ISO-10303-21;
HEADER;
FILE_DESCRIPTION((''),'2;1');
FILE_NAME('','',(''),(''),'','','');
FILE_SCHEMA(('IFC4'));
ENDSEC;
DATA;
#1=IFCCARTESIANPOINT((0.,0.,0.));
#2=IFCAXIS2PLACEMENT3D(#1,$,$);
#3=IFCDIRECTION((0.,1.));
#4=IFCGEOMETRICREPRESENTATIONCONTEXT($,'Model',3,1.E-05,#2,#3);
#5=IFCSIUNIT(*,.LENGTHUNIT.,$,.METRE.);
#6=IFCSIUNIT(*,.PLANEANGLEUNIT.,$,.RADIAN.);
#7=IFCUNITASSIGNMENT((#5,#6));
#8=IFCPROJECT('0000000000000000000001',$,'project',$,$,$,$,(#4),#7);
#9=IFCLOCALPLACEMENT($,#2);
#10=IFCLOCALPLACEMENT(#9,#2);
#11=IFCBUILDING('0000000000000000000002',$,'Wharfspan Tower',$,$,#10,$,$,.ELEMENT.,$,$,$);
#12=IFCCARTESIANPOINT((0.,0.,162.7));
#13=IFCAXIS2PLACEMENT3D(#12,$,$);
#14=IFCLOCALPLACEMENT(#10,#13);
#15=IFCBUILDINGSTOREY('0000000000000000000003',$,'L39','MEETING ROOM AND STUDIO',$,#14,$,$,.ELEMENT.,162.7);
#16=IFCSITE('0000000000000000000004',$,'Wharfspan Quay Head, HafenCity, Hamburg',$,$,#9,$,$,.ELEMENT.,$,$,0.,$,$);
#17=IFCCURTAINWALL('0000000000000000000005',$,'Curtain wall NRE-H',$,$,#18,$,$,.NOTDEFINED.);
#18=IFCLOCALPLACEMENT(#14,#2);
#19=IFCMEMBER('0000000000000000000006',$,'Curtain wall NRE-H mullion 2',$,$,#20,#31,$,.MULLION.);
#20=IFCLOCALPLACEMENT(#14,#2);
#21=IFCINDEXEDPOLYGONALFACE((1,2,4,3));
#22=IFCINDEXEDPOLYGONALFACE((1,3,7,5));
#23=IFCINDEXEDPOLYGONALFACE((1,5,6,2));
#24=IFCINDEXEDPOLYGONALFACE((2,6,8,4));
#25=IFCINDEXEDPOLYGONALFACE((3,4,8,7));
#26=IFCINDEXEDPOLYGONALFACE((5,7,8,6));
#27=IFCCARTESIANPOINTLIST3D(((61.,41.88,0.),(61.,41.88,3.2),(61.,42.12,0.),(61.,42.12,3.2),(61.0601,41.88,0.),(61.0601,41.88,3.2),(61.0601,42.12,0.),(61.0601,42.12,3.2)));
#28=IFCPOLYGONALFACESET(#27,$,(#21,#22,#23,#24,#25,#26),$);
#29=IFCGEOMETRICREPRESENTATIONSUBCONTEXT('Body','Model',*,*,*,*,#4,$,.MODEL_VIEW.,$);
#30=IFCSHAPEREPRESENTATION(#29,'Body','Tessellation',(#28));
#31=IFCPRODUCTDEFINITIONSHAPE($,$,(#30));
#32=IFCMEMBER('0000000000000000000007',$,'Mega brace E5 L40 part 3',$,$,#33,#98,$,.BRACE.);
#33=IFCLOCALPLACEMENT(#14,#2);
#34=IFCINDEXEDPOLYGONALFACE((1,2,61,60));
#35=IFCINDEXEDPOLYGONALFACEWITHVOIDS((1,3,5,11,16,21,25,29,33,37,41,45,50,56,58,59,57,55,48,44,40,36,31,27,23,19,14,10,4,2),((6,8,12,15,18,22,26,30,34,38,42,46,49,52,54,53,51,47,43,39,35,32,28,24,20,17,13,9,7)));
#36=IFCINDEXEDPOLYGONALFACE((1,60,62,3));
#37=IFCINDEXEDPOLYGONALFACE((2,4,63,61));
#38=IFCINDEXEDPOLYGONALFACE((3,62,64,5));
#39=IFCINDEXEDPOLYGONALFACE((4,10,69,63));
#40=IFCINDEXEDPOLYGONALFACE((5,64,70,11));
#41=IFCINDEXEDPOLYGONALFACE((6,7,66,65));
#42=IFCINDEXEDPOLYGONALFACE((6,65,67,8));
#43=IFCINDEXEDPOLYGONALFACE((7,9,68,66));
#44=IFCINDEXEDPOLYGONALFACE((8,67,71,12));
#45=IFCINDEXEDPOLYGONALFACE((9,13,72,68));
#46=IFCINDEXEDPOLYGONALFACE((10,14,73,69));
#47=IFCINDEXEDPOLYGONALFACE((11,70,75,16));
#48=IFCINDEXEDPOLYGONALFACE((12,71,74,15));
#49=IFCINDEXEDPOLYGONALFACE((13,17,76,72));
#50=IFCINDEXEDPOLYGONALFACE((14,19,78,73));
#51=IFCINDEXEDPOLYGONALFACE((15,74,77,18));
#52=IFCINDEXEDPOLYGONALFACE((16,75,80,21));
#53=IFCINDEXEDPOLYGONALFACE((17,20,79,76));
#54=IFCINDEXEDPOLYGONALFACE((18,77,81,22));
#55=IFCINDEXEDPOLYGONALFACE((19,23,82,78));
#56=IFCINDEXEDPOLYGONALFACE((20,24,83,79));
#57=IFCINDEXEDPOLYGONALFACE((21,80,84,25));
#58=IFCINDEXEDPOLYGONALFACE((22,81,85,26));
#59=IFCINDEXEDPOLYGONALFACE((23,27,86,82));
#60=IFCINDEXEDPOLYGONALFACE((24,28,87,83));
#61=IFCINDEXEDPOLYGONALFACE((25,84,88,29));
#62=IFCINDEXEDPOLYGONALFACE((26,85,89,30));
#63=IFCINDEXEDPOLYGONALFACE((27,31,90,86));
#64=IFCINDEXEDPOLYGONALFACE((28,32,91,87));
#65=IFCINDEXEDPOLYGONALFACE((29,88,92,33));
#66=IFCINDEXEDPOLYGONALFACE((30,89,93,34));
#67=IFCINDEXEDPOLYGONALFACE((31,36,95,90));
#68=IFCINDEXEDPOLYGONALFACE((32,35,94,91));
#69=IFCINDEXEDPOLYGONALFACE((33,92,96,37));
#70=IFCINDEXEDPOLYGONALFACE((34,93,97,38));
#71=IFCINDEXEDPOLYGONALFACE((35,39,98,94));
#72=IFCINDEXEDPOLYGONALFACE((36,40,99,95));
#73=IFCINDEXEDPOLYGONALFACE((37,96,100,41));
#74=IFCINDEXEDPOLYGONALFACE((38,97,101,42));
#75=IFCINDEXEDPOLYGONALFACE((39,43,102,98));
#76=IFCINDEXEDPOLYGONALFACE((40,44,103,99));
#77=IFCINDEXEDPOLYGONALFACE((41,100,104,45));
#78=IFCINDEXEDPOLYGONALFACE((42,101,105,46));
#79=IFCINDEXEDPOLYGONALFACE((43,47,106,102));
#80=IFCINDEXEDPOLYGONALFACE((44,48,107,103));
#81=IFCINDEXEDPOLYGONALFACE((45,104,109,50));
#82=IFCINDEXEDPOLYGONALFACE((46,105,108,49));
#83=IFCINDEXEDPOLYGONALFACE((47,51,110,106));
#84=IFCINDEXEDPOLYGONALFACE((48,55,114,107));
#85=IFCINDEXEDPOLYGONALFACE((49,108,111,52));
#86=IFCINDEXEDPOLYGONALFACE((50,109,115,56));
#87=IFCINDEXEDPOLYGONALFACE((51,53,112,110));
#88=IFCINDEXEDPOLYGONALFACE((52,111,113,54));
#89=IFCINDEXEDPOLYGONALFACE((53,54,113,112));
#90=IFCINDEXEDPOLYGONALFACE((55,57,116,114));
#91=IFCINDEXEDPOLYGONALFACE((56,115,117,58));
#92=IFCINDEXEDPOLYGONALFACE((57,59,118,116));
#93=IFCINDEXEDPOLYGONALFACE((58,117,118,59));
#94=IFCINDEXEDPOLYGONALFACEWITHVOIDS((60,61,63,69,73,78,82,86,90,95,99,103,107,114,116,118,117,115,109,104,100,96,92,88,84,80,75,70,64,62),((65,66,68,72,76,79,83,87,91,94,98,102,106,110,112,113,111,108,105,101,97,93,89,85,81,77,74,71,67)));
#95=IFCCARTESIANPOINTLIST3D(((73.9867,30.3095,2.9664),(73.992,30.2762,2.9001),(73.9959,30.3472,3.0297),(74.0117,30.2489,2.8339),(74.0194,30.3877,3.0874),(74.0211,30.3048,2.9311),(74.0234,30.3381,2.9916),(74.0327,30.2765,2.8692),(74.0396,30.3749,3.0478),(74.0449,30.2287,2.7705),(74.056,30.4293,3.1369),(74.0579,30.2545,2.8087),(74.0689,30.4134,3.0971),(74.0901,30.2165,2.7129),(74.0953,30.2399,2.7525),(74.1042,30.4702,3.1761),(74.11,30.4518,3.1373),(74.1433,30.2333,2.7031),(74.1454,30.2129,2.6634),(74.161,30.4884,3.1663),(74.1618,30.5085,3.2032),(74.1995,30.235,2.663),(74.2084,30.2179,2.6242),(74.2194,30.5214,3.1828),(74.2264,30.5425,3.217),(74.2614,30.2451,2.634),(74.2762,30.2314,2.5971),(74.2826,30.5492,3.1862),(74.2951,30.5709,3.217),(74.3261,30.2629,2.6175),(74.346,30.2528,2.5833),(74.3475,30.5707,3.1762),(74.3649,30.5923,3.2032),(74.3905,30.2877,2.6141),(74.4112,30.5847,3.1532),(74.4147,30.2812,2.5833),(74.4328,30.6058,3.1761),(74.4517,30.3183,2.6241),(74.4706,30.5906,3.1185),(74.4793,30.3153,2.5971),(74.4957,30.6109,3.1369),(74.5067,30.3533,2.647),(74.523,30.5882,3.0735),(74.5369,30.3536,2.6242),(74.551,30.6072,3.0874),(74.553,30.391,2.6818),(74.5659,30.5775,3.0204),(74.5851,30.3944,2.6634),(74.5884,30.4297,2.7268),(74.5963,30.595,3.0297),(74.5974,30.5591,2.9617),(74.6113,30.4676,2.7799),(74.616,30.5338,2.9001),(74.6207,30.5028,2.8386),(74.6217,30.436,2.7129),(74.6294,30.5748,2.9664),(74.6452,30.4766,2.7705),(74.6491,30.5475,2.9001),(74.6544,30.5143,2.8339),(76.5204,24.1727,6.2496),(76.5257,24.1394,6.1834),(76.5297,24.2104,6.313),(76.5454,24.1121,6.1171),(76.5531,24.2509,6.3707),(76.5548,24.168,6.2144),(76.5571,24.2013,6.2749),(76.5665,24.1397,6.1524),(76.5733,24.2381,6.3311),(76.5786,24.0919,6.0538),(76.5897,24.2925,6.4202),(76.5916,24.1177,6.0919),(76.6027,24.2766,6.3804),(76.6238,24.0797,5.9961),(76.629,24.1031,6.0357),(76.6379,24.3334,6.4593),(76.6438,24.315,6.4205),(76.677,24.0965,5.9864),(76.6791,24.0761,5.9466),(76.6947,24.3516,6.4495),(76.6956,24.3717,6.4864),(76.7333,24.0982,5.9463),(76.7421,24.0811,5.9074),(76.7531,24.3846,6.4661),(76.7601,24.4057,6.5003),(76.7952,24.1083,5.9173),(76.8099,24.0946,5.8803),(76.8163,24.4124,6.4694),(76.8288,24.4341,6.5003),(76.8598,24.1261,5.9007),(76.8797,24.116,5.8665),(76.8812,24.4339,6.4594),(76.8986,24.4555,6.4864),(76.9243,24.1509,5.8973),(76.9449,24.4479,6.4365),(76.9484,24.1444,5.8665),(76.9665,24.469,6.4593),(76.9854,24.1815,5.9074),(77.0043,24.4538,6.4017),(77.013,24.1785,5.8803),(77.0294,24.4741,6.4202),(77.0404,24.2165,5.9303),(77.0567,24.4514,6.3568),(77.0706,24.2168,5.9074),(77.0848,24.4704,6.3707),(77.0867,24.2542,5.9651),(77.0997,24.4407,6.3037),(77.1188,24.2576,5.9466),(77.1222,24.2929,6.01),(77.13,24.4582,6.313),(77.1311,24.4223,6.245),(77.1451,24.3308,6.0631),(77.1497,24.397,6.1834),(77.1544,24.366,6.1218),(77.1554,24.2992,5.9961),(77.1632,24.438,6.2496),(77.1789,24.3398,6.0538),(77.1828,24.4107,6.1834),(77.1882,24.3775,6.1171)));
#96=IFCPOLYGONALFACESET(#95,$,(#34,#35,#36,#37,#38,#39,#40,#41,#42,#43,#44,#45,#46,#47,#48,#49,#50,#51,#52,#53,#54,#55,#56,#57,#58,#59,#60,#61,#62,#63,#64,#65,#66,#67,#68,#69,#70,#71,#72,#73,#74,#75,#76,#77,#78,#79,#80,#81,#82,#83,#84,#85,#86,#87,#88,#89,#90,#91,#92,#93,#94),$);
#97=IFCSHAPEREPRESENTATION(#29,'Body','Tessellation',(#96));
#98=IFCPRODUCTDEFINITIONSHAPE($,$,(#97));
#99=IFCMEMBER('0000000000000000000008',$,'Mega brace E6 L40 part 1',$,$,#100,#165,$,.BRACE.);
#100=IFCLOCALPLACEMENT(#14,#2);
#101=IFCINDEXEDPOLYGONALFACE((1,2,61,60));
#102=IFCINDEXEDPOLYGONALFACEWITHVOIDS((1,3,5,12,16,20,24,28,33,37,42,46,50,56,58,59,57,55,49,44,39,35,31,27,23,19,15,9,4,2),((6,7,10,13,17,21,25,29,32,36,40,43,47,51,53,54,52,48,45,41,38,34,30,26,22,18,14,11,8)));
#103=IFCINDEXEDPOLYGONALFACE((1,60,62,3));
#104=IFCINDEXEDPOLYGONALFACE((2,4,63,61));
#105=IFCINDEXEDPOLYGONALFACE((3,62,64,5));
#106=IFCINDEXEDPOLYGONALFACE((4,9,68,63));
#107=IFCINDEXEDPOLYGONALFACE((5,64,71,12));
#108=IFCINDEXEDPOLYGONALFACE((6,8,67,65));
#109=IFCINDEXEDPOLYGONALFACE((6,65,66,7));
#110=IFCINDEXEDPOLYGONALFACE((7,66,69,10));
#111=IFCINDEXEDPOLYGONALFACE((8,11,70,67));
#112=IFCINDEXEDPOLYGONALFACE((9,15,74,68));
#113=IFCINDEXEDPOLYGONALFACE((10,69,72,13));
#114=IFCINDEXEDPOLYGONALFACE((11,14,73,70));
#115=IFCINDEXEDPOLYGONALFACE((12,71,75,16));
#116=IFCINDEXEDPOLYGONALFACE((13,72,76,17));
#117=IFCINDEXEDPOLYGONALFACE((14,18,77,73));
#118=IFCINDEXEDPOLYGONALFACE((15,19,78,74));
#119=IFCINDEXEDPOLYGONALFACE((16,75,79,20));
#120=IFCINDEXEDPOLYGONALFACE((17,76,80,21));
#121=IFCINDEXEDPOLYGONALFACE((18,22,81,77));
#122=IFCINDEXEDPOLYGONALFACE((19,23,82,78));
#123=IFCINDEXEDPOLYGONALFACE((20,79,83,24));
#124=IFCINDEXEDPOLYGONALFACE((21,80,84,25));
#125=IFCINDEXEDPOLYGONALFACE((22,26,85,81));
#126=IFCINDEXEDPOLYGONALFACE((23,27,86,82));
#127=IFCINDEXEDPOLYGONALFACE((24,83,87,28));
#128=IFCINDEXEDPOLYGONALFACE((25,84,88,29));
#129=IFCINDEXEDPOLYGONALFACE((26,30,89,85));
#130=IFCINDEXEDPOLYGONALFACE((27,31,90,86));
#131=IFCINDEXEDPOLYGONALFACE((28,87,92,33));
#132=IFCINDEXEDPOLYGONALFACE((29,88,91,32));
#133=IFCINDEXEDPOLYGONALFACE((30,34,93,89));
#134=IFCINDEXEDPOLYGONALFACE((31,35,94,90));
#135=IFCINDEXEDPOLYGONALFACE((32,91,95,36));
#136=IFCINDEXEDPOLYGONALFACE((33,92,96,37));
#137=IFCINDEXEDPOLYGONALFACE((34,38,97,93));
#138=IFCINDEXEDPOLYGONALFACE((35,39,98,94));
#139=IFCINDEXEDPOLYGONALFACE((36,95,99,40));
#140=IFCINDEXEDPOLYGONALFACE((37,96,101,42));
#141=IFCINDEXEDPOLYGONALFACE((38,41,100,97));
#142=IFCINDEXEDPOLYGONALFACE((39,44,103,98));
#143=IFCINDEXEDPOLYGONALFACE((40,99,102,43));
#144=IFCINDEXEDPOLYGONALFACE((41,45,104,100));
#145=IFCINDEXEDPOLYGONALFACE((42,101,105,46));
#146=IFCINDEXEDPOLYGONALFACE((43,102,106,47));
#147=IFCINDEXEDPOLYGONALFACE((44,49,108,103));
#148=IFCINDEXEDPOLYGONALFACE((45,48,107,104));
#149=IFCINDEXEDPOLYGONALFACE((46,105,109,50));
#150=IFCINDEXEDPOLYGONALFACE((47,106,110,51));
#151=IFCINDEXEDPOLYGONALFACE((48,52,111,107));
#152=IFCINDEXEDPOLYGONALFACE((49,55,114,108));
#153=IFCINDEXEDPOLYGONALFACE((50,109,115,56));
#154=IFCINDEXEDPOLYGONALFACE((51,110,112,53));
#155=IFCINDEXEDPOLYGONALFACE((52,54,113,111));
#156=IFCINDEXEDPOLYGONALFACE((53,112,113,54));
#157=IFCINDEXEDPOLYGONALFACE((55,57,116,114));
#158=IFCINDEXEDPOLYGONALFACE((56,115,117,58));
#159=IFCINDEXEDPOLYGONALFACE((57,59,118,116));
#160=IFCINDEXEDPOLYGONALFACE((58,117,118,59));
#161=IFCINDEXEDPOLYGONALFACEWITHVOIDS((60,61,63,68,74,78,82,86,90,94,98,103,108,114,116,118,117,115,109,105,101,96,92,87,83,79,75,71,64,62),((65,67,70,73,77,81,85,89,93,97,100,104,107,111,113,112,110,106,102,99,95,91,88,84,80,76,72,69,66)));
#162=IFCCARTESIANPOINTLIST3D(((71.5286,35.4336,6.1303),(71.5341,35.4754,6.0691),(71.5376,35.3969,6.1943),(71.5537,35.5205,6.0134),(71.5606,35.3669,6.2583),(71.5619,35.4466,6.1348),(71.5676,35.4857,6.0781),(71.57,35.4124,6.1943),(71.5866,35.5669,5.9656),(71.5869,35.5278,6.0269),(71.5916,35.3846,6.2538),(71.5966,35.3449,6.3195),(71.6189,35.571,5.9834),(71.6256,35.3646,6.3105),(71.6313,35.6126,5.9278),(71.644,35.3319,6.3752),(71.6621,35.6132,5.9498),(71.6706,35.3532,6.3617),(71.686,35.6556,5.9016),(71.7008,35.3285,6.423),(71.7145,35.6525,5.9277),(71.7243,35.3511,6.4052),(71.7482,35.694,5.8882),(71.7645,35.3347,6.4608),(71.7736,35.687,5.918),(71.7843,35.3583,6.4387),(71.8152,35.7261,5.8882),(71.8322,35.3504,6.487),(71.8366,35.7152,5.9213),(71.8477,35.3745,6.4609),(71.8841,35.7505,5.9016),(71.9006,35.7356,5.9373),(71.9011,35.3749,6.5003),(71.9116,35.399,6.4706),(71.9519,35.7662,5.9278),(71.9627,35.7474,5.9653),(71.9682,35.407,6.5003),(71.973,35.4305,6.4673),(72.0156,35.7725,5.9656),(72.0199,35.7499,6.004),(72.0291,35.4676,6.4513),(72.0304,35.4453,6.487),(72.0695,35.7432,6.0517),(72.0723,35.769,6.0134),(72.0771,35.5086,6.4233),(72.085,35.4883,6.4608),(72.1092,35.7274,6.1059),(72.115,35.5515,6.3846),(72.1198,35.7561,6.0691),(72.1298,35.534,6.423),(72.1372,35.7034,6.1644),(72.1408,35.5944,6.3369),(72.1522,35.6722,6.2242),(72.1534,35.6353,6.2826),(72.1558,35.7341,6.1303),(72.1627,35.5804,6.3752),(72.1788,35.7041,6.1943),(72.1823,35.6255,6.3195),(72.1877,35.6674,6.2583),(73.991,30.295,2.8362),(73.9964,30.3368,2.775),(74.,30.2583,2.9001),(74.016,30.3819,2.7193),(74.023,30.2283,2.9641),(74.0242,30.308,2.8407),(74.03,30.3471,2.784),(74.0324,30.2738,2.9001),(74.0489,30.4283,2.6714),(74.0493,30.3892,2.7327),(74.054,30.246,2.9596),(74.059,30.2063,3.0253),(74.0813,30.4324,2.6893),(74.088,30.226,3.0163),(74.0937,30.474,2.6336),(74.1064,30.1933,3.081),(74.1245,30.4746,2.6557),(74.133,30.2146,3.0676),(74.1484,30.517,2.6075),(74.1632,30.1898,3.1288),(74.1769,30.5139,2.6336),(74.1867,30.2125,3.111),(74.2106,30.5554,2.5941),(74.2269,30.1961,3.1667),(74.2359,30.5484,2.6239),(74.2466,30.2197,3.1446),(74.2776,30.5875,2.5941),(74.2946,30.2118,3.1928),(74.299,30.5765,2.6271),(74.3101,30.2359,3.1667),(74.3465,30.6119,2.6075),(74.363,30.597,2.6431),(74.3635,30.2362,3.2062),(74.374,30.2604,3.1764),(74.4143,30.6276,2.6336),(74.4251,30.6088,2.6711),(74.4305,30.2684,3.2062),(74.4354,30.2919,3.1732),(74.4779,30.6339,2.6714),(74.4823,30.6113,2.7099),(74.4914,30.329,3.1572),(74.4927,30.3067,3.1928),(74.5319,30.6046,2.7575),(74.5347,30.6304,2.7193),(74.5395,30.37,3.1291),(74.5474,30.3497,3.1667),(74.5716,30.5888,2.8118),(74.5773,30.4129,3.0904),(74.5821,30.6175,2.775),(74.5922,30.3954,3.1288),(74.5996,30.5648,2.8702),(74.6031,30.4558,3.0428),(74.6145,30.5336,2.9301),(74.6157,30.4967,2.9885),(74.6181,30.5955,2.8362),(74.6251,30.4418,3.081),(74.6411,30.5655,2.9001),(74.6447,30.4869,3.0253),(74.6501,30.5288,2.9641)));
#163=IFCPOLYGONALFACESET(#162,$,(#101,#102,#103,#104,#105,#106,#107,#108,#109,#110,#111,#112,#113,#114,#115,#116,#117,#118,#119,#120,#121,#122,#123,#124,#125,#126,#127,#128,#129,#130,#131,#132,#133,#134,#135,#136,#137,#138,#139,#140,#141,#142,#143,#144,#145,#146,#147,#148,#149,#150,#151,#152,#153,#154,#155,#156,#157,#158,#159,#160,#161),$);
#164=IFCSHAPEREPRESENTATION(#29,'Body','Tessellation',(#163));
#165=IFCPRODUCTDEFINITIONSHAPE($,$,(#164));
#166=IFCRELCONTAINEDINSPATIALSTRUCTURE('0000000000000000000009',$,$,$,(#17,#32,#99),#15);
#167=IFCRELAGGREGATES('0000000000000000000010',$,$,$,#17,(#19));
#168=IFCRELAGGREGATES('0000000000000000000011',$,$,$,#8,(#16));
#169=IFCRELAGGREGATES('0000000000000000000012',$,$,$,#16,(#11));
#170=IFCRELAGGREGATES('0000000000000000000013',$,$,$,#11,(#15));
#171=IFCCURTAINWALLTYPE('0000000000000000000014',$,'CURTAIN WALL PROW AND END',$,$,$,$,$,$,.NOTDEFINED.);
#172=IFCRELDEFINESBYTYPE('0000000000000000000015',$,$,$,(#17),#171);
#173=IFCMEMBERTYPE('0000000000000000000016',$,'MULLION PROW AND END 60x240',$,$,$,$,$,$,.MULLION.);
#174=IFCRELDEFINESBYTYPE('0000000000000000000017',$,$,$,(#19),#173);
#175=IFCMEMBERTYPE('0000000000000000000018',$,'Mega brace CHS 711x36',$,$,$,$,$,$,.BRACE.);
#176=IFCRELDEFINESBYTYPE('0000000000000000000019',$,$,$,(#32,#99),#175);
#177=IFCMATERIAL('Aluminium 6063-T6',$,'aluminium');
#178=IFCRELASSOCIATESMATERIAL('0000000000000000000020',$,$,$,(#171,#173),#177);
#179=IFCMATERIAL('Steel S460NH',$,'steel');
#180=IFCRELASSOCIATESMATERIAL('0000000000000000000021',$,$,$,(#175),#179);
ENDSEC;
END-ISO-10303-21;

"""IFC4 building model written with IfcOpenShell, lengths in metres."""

from ifc_helpers import new_model, si_unit, direction, frame, origin, origin_2d, place, context, subcontext, project, spatial, rectangle, hollow_circle, extrude, material, material_profile, profile_set, type_object, element, aggregate, save


model = new_model("IFC4")

# Units and contexts
model_context = context("Model", 3, precision=1e-05, world=origin(), true_north=direction((0.0, 1.0)))
body_context = subcontext(model_context, "Body", "Model", "MODEL_VIEW")
ifc_project = project(units=[si_unit("LENGTHUNIT", "METRE"), si_unit("PLANEANGLEUNIT", "RADIAN")], contexts=[model_context])

# Site, building, storey
site_placement = place(None, origin())
site = spatial("IfcSite", under=ifc_project, at=site_placement, Name="Wharfspan Quay Head, HafenCity, Hamburg", CompositionType="ELEMENT", RefElevation=0.0)
building_placement = place(site_placement, origin())
building = spatial("IfcBuilding", under=site, at=building_placement, Name="Wharfspan Tower", CompositionType="ELEMENT")
storey_placement = place(building_placement, frame((0.0, 0.0, 162.7)))
storey = spatial("IfcBuildingStorey", under=building, at=storey_placement, Name="L39", Description="MEETING ROOM AND STUDIO", CompositionType="ELEMENT", Elevation=162.7)

# Curtain wall, member
ifc_material_1 = material(Name="Aluminium 6063-T6", Category="aluminium")
curtain_wall_type = type_object("IfcCurtainWallType", Name="CURTAIN WALL PROW AND END", PredefinedType="NOTDEFINED", material=ifc_material_1)
ifc_material_profile_1 = material_profile(ifc_material_1, rectangle(XDim=0.24, YDim=0.0601, at=origin_2d()))
ifc_profile_set_1 = profile_set([ifc_material_profile_1], Name="Aluminium 6063-T6")
member_type_1 = type_object("IfcMemberType", Name="MULLION PROW AND END 60x240", PredefinedType="MULLION", material=ifc_profile_set_1)
curtain_wall_1_placement = place(storey_placement, origin())
curtain_wall_1 = element("IfcCurtainWall", 1, at=curtain_wall_1_placement, inside=storey, type_object=curtain_wall_type, Name="Curtain wall NRE-H", PredefinedType="NOTDEFINED")
member_1_placement = place(storey_placement, frame((61.03, 42.0, 0.0), z_axis=(0.0, 0.0, 1.0), x_axis=(0.0, -1.0, 0.0)))
member_1 = element("IfcMember", 2, at=member_1_placement, type_object=member_type_1, Name="Curtain wall NRE-H mullion 2", PredefinedType="MULLION", context=body_context, shape_type="SweptSolid", body=[
    extrude(rectangle(XDim=0.24, YDim=0.0601, at=origin_2d()), origin(), (0.0, 0.0, 1.0), 3.2),
])

# Members
ifc_material_2 = material(Name="Steel S460NH", Category="steel")
ifc_material_profile_2 = material_profile(ifc_material_2, hollow_circle(Radius=0.3555, WallThickness=0.0359, at=origin_2d()))
ifc_profile_set_2 = profile_set([ifc_material_profile_2], Name="Steel S460NH")
member_type_2 = type_object("IfcMemberType", Name="Mega brace CHS 711x36", PredefinedType="BRACE", material=ifc_profile_set_2)
member_2_placement = place(storey_placement, frame((74.3206, 30.4119, 2.9001), z_axis=(0.342084, -0.828543, 0.443278), x_axis=(0.924317, 0.381625, -0.000003)))
element("IfcMember", 3, at=member_2_placement, inside=storey, type_object=member_type_2, Name="Mega brace E5 L40 part 3", PredefinedType="BRACE", context=body_context, shape_type="SweptSolid", body=[
    extrude(hollow_circle(Radius=0.3555, WallThickness=0.0359, at=origin_2d()), origin(), (0.0, 0.0, 1.0), 7.4067),
])
for number, where, z_axis, x_axis, name in (
    (4, (74.3206, 30.4119, 2.9001), (-0.374119, 0.780731, 0.500494), (-0.90181, -0.432137, -0.000003), "Mega brace E6 L40 part 1"),
):
    element("IfcMember", number, at=place(storey_placement, frame(where, z_axis=z_axis, x_axis=x_axis)), inside=storey, type_object=member_type_2, Name=name, PredefinedType="BRACE", context=body_context, shape_type="SweptSolid", body=[
        extrude(hollow_circle(Radius=0.3555, WallThickness=0.0359, at=origin_2d()), origin(), (0.0, 0.0, 1.0), 6.5818),
    ])

aggregate(curtain_wall_1, [member_1])

save(model, "model.ifc")
